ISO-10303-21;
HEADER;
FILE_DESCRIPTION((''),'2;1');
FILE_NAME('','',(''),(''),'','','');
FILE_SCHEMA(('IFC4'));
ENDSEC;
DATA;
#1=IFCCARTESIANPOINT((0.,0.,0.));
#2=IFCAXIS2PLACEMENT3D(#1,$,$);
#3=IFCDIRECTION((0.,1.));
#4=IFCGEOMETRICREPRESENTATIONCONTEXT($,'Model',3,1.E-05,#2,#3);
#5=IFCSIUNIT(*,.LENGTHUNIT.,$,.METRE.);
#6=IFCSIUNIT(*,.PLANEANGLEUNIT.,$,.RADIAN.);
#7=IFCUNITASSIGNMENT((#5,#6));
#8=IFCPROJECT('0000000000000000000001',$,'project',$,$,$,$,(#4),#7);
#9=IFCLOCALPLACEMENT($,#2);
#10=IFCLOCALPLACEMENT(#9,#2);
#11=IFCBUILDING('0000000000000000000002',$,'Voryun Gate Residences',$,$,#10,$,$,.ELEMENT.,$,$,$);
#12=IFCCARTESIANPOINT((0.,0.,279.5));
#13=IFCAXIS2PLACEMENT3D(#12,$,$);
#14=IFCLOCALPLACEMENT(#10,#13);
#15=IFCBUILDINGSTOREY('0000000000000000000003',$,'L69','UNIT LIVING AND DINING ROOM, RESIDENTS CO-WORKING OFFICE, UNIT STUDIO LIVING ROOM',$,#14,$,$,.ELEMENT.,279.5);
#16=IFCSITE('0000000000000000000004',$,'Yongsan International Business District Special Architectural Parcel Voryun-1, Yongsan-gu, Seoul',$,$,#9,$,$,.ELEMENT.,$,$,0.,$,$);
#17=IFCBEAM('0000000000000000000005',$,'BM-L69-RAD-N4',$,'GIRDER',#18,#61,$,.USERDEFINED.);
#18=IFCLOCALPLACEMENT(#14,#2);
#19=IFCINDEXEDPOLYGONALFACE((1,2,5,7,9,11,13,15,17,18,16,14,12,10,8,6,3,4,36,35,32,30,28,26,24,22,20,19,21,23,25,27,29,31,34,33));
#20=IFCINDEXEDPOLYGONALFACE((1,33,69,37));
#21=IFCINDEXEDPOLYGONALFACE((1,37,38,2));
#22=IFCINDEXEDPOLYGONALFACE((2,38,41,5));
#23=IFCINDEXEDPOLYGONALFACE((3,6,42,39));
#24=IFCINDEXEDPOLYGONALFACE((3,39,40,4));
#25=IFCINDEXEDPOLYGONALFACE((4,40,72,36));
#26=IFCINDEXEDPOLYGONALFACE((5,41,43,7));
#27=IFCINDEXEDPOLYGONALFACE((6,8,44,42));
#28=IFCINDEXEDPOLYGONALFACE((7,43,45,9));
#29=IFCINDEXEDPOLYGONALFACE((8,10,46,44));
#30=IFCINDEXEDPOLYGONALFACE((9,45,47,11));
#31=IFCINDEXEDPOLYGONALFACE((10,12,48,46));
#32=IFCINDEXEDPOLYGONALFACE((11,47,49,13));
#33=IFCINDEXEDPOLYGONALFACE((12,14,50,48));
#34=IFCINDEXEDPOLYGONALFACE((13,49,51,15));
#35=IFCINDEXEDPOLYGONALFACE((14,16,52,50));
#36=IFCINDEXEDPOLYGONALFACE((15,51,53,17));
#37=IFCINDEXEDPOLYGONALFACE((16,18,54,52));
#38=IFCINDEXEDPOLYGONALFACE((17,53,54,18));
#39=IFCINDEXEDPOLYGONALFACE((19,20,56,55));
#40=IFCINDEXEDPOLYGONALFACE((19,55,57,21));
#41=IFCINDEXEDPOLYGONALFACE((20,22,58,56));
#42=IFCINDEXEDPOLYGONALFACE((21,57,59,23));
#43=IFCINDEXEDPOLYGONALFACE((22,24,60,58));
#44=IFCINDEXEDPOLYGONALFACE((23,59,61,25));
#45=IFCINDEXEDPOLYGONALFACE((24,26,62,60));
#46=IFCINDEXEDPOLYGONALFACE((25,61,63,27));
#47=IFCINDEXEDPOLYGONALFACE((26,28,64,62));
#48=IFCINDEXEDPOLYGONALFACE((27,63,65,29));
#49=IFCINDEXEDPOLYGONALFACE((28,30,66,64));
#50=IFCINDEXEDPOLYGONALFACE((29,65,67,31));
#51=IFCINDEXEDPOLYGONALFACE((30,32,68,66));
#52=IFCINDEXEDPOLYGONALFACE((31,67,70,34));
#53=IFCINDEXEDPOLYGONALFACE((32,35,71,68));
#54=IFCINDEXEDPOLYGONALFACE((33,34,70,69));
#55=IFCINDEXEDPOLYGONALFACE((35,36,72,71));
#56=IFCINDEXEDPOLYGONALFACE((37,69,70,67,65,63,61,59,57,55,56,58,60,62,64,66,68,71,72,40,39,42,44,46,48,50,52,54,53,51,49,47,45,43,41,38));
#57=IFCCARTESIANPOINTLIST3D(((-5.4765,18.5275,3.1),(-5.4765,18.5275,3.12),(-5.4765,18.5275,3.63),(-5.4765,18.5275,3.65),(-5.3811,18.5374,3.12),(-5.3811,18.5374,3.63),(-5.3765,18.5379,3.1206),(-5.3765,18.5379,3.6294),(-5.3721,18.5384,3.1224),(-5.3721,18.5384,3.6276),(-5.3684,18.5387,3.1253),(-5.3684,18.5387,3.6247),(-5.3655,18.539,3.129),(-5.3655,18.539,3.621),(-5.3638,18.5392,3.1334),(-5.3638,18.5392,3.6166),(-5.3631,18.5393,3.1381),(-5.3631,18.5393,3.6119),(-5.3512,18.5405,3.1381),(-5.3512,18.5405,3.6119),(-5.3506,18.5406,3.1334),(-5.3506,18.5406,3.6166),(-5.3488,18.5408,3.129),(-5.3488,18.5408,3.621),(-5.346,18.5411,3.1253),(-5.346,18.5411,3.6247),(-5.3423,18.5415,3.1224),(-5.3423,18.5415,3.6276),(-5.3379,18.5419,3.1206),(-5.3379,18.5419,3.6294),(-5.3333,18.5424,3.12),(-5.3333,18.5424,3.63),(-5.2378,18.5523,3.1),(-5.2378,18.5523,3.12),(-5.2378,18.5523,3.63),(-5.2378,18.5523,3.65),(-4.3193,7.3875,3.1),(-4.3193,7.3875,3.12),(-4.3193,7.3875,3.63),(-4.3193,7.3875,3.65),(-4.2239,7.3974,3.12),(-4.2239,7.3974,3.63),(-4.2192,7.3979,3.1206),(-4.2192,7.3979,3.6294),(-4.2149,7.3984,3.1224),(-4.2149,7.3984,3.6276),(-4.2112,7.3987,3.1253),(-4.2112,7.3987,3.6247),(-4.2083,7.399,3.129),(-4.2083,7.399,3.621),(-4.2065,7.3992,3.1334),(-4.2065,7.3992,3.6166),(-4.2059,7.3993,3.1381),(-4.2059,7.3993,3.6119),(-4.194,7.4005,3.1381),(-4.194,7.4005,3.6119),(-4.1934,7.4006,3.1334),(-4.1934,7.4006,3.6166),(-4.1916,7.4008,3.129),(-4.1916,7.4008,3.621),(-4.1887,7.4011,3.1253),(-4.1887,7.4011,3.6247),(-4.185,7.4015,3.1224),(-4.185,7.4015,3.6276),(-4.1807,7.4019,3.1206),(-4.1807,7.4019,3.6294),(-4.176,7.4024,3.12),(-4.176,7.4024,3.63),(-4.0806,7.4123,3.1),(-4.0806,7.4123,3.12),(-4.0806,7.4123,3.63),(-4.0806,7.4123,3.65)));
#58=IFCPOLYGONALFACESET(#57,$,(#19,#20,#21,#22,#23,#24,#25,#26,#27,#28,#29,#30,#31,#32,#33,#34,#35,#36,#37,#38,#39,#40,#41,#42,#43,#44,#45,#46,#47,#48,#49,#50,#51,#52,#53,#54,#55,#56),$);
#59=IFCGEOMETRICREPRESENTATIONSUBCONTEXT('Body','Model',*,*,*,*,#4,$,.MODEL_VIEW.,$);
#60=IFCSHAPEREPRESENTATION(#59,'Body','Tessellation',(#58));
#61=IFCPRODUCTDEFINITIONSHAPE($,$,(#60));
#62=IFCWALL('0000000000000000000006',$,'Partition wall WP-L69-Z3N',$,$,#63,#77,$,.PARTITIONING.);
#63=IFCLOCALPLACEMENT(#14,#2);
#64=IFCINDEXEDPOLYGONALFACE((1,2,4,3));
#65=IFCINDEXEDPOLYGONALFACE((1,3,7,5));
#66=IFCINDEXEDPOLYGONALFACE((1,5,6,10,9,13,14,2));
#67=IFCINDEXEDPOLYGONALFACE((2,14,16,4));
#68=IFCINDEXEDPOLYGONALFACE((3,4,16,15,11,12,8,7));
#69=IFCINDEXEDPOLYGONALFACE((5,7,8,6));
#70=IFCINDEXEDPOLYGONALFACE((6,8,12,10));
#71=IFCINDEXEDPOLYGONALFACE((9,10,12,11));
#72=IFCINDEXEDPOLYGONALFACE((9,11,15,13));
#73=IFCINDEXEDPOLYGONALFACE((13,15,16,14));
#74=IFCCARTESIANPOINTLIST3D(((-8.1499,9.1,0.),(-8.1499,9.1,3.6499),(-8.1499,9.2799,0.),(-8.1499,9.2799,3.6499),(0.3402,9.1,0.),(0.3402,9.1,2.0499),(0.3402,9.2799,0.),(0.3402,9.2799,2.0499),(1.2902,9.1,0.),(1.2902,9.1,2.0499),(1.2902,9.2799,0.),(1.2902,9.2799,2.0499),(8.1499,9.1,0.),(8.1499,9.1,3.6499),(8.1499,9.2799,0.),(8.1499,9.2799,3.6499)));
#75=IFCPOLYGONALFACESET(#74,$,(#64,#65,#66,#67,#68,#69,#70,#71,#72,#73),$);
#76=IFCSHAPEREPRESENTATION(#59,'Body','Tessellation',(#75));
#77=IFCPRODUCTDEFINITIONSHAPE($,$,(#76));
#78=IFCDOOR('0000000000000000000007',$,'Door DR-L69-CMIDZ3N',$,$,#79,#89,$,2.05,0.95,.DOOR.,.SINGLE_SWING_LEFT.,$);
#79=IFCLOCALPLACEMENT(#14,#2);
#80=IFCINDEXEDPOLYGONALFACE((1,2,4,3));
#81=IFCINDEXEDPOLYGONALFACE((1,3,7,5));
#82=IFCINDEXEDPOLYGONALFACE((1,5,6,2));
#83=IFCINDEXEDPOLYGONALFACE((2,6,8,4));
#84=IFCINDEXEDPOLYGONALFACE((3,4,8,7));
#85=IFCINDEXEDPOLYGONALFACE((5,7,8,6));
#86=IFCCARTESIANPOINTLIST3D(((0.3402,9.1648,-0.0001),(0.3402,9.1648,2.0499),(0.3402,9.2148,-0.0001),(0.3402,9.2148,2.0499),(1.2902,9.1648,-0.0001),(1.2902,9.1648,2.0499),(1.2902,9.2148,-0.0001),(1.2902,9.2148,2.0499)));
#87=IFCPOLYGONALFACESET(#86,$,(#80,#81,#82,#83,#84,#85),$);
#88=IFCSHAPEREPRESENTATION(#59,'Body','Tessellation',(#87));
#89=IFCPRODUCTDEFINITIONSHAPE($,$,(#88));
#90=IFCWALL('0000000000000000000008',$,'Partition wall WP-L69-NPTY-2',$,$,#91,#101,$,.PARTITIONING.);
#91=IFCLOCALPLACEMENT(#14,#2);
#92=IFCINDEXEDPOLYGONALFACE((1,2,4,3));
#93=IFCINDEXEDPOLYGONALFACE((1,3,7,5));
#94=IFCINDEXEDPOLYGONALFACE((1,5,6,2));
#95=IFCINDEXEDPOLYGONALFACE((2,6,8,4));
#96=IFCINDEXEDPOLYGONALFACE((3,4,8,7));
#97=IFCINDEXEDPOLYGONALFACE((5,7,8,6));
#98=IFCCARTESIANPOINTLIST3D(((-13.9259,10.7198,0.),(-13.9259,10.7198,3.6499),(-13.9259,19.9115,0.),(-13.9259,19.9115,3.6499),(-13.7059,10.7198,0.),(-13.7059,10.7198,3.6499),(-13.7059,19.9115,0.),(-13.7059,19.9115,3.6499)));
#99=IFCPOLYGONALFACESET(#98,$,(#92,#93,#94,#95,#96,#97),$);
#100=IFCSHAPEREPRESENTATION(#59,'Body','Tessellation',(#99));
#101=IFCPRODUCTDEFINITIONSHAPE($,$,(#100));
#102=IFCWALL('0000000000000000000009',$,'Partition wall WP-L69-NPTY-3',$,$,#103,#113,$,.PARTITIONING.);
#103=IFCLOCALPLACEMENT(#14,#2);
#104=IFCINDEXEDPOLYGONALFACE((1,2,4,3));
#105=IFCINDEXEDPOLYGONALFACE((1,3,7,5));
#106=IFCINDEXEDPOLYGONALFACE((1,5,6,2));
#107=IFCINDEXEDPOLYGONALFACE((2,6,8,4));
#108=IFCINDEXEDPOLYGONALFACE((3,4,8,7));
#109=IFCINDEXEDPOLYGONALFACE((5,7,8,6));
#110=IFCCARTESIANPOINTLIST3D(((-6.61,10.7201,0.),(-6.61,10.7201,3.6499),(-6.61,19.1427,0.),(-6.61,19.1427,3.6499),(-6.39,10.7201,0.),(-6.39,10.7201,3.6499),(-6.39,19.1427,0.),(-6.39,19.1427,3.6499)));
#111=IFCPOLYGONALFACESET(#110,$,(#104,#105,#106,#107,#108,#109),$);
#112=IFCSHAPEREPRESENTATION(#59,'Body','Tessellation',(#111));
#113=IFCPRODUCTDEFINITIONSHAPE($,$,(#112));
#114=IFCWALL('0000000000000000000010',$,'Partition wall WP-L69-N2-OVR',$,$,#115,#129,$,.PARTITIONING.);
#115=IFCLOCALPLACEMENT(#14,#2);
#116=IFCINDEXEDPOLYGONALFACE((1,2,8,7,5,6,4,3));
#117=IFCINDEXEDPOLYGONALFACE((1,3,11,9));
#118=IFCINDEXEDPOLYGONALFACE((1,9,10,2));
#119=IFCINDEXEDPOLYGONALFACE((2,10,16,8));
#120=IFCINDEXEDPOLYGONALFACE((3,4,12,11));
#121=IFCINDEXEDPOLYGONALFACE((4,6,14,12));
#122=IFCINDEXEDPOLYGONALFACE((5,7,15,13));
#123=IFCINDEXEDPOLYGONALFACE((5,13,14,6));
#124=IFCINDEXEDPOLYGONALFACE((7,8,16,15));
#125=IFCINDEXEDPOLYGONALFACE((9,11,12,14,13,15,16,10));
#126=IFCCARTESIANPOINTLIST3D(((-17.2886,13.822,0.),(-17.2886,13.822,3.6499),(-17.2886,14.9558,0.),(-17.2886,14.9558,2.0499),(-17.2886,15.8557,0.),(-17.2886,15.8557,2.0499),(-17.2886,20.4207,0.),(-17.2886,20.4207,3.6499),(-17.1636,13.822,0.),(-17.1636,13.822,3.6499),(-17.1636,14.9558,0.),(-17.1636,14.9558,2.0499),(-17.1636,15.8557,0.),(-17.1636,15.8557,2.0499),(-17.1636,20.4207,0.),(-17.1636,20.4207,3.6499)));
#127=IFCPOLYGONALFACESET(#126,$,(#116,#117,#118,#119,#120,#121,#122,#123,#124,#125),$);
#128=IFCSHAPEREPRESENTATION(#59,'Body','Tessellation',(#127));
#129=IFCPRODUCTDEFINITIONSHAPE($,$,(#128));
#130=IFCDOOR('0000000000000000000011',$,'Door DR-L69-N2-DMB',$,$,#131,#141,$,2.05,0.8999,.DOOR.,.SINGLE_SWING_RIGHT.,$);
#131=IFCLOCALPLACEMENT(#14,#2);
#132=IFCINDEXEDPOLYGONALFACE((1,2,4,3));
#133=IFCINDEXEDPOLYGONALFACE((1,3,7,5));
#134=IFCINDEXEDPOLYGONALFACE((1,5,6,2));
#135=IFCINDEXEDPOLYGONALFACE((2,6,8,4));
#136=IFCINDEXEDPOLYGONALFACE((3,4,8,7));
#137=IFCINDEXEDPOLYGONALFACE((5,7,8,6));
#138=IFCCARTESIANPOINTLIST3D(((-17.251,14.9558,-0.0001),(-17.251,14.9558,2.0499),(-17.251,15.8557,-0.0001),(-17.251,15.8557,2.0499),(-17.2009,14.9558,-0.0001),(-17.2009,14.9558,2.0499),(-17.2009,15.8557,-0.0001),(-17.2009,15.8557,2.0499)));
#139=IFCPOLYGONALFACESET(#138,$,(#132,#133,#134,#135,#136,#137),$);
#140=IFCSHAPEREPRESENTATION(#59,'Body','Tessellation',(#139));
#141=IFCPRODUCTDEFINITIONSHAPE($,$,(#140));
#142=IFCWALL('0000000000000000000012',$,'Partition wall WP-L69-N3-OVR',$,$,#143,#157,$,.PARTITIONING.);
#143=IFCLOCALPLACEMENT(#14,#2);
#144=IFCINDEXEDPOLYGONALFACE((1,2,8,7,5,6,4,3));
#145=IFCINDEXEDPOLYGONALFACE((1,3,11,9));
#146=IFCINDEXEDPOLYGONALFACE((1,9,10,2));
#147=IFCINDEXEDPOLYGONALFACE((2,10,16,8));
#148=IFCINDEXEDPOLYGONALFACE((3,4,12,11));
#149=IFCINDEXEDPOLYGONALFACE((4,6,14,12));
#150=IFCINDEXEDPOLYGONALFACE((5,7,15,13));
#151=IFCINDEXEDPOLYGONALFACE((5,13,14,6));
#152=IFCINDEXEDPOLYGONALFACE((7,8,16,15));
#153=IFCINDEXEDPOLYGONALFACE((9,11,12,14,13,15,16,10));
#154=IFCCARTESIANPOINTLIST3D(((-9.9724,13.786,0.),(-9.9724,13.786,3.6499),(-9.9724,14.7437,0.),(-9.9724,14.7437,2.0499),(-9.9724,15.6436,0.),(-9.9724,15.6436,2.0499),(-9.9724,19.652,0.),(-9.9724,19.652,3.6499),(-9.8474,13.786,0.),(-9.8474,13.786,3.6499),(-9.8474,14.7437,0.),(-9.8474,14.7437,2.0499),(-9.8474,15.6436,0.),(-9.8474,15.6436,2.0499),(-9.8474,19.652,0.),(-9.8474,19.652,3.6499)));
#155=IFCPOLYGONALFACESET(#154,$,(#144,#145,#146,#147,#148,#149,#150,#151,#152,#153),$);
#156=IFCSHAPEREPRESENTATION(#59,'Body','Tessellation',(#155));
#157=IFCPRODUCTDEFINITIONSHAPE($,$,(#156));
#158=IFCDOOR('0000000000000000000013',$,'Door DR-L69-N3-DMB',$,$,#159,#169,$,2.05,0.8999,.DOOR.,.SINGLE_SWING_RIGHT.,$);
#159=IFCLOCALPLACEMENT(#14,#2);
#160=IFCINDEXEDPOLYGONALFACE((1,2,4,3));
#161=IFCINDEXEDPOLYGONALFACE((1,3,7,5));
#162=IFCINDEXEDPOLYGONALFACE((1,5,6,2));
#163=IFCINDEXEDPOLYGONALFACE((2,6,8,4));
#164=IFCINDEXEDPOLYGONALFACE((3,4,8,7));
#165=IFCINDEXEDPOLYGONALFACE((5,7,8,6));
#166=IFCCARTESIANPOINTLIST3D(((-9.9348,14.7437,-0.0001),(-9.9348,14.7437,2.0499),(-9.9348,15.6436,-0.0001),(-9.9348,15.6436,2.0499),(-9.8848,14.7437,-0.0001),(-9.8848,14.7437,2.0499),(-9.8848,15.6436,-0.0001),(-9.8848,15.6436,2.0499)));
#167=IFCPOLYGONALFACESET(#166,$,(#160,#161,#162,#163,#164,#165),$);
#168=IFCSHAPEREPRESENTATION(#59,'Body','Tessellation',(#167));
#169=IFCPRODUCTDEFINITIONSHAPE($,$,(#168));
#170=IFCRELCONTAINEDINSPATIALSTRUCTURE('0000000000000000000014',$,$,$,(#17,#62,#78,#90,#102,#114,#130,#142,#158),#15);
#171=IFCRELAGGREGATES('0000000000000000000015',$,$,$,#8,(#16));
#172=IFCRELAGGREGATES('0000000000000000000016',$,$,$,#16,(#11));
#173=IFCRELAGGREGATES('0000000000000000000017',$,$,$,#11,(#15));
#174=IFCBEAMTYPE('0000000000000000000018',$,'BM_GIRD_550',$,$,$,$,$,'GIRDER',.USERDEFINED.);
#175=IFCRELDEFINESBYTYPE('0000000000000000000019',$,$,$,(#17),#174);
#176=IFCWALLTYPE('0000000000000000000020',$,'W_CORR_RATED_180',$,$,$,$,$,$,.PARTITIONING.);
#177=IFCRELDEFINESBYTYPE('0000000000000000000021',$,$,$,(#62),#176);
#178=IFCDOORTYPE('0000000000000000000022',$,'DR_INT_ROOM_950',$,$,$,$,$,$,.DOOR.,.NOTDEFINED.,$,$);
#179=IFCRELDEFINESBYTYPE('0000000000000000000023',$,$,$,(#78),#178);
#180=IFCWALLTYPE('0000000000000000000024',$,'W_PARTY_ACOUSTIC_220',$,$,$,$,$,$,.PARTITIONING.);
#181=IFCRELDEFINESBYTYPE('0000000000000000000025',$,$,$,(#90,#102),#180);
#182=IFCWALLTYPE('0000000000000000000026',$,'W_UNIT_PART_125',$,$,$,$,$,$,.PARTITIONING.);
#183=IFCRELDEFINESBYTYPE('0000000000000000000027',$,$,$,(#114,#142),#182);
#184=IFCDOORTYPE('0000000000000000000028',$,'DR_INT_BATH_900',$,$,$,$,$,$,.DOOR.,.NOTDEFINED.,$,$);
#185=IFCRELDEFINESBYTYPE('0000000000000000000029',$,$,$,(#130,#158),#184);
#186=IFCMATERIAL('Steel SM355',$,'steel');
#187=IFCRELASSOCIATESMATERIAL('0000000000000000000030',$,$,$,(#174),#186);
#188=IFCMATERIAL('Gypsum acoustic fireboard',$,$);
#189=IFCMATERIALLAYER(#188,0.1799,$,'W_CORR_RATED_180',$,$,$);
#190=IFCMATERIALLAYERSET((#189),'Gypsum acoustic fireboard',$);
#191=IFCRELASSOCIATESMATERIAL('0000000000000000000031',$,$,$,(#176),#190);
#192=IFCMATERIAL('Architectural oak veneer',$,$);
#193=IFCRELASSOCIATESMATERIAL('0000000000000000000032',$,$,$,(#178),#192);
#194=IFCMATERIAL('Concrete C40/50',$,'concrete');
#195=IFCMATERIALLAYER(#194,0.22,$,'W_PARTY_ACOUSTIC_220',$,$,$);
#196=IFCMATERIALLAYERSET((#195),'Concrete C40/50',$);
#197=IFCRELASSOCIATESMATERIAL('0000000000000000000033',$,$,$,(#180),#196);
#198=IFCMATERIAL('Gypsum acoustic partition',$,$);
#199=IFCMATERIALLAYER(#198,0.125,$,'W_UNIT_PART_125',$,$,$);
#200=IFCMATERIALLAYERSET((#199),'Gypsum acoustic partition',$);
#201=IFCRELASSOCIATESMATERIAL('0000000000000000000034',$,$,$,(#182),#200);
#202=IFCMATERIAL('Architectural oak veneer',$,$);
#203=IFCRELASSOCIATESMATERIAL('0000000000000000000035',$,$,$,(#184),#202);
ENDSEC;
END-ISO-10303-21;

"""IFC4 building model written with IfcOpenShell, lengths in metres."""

from ifc_helpers import new_model, si_unit, direction, frame, frame_2d, origin, origin_2d, place, context, subcontext, project, spatial, rectangle, i_section, extrude, material, layer, layer_set, material_profile, profile_set, type_object, element, fill, save


model = new_model("IFC4")

# Units and contexts
model_context = context("Model", 3, precision=1e-05, world=origin(), true_north=direction((0.0, 1.0)))
body_context = subcontext(model_context, "Body", "Model", "MODEL_VIEW")
ifc_project = project(units=[si_unit("LENGTHUNIT", "METRE"), si_unit("PLANEANGLEUNIT", "RADIAN")], contexts=[model_context])

# Site, building, storey
site_placement = place(None, origin())
site = spatial("IfcSite", under=ifc_project, at=site_placement, Name="Yongsan International Business District Special Architectural Parcel Voryun-1, Yongsan-gu, Seoul", CompositionType="ELEMENT", RefElevation=0.0)
building_placement = place(site_placement, origin())
building = spatial("IfcBuilding", under=site, at=building_placement, Name="Voryun Gate Residences", CompositionType="ELEMENT")
storey_placement = place(building_placement, frame((0.0, 0.0, 279.5)))
storey = spatial("IfcBuildingStorey", under=building, at=storey_placement, Name="L69", Description="UNIT LIVING AND DINING ROOM, RESIDENTS CO-WORKING OFFICE, UNIT STUDIO LIVING ROOM", CompositionType="ELEMENT", Elevation=279.5)

# Beam
ifc_material_1 = material(Name="Steel SM355", Category="steel")
ifc_material_profile_1 = material_profile(ifc_material_1, i_section(OverallWidth=0.24, OverallDepth=0.55, WebThickness=0.012, FlangeThickness=0.02, FilletRadius=0.0181, at=origin_2d()), Name="H-550x240x12x20")
ifc_profile_set_1 = profile_set([ifc_material_profile_1], Name="Steel SM355")
beam_type_1 = type_object("IfcBeamType", Name="BM_GIRD_550", ElementType="GIRDER", PredefinedType="USERDEFINED", material=ifc_profile_set_1)
beam_1_placement = place(storey_placement, frame((-4.2, 7.3999, 3.375), z_axis=(-0.103325, 0.994648, 0.0), x_axis=(-0.994648, -0.103325, 0.0)))
element("IfcBeam", 1, at=beam_1_placement, inside=storey, type_object=beam_type_1, Name="BM-L69-RAD-N4", ObjectType="GIRDER", PredefinedType="USERDEFINED", context=body_context, shape_type="SweptSolid", body=[
    extrude(i_section(OverallWidth=0.24, OverallDepth=0.55, WebThickness=0.012, FlangeThickness=0.02, FilletRadius=0.0181, at=origin_2d()), origin(), (0.0, 0.0, 1.0), 11.2),
])

# Wall, opening, door
ifc_material_2 = material(Name="Gypsum acoustic fireboard")
ifc_layer_1 = layer(ifc_material_2, 0.1799, Name="W_CORR_RATED_180")
ifc_layer_set_1 = layer_set([ifc_layer_1], Name="Gypsum acoustic fireboard")
wall_type_1 = type_object("IfcWallType", Name="W_CORR_RATED_180", PredefinedType="PARTITIONING", material=ifc_layer_set_1)
wall_1_placement = place(storey_placement, frame((-8.1499, 9.1899, 0.0), z_axis=(0.0, 0.0, 1.0), x_axis=(1.0, 0.0, 0.0)))
wall_1 = element("IfcWall", 2, at=wall_1_placement, inside=storey, type_object=wall_type_1, Name="Partition wall WP-L69-Z3N", PredefinedType="PARTITIONING", context=body_context, shape_type="SweptSolid", body=[
    extrude(rectangle(XDim=16.2998, YDim=0.1799, at=frame_2d((8.1499, 0.0))), origin(), (0.0, 0.0, 1.0), 3.6499),
])
opening_1_placement = place(wall_1_placement, frame((8.49, 0.0, 0.0)))
opening_1 = element("IfcOpeningElement", 3, at=opening_1_placement, cuts=wall_1, PredefinedType="OPENING", context=body_context, shape_type="SweptSolid", body=[
    extrude(rectangle(XDim=0.95, YDim=2.05, at=frame_2d((0.4751, 1.0249))), frame((0.0, 0.0999, 0.0), z_axis=(0.0, -1.0, 0.0), x_axis=(1.0, 0.0, 0.0)), (0.0, 0.0, 1.0), 0.2),
])
ifc_material_3 = material(Name="Architectural oak veneer")
door_type_1 = type_object("IfcDoorType", Name="DR_INT_ROOM_950", OperationType="NOTDEFINED", PredefinedType="DOOR", material=ifc_material_3)
door_1_placement = place(opening_1_placement, origin())
door_1 = element("IfcDoor", 4, at=door_1_placement, inside=storey, type_object=door_type_1, Name="Door DR-L69-CMIDZ3N", OperationType="SINGLE_SWING_LEFT", OverallHeight=2.05, OverallWidth=0.95, PredefinedType="DOOR", context=body_context, shape_type="SweptSolid", body=[
    extrude(rectangle(XDim=0.95, YDim=2.05, at=frame_2d((0.4751, 1.0249))), frame((0.0, 0.0249, 0.0), z_axis=(0.0, -1.0, 0.0), x_axis=(1.0, 0.0, 0.0)), (0.0, 0.0, 1.0), 0.05),
])
fill(opening_1, door_1)

# Walls
ifc_material_4 = material(Name="Concrete C40/50", Category="concrete")
ifc_layer_2 = layer(ifc_material_4, 0.22, Name="W_PARTY_ACOUSTIC_220")
ifc_layer_set_2 = layer_set([ifc_layer_2], Name="Concrete C40/50")
wall_type_2 = type_object("IfcWallType", Name="W_PARTY_ACOUSTIC_220", PredefinedType="PARTITIONING", material=ifc_layer_set_2)
wall_2_placement = place(storey_placement, frame((-13.8159, 10.72, 0.0), z_axis=(0.0, 0.0, 1.0), x_axis=(0.0, 1.0, 0.0)))
element("IfcWall", 5, at=wall_2_placement, inside=storey, type_object=wall_type_2, Name="Partition wall WP-L69-NPTY-2", PredefinedType="PARTITIONING", context=body_context, shape_type="SweptSolid", body=[
    extrude(rectangle(XDim=9.1917, YDim=0.22, at=frame_2d((4.5957, 0.0))), origin(), (0.0, 0.0, 1.0), 3.6499),
])
wall_3_placement = place(storey_placement, frame((-6.5, 10.72, 0.0), z_axis=(0.0, 0.0, 1.0), x_axis=(0.0, 1.0, 0.0)))
element("IfcWall", 6, at=wall_3_placement, inside=storey, type_object=wall_type_2, Name="Partition wall WP-L69-NPTY-3", PredefinedType="PARTITIONING", context=body_context, shape_type="SweptSolid", body=[
    extrude(rectangle(XDim=8.4226, YDim=0.22, at=frame_2d((4.2114, 0.0))), origin(), (0.0, 0.0, 1.0), 3.6499),
])

# Walls, openings, doors
ifc_material_5 = material(Name="Gypsum acoustic partition")
ifc_layer_3 = layer(ifc_material_5, 0.125, Name="W_UNIT_PART_125")
ifc_layer_set_3 = layer_set([ifc_layer_3], Name="Gypsum acoustic partition")
wall_type_3 = type_object("IfcWallType", Name="W_UNIT_PART_125", PredefinedType="PARTITIONING", material=ifc_layer_set_3)
wall_4_placement = place(storey_placement, frame((-17.2261, 13.822, 0.0), z_axis=(0.0, 0.0, 1.0), x_axis=(0.0, 1.0, 0.0)))
wall_4 = element("IfcWall", 7, at=wall_4_placement, inside=storey, type_object=wall_type_3, Name="Partition wall WP-L69-N2-OVR", PredefinedType="PARTITIONING", context=body_context, shape_type="SweptSolid", body=[
    extrude(rectangle(XDim=6.5986, YDim=0.125, at=frame_2d((3.2993, 0.0))), origin(), (0.0, 0.0, 1.0), 3.6499),
])
opening_2_placement = place(wall_4_placement, frame((1.1338, 0.0, 0.0)))
opening_2 = element("IfcOpeningElement", 8, at=opening_2_placement, cuts=wall_4, PredefinedType="OPENING", context=body_context, shape_type="SweptSolid", body=[
    extrude(rectangle(XDim=0.8999, YDim=2.05, at=frame_2d((0.45, 1.0249))), frame((0.0, 0.0725, 0.0), z_axis=(0.0, -1.0, 0.0), x_axis=(1.0, 0.0, 0.0)), (0.0, 0.0, 1.0), 0.145),
])
ifc_material_6 = material(Name="Architectural oak veneer")
door_type_2 = type_object("IfcDoorType", Name="DR_INT_BATH_900", OperationType="NOTDEFINED", PredefinedType="DOOR", material=ifc_material_6)
door_2_placement = place(opening_2_placement, origin())
door_2 = element("IfcDoor", 9, at=door_2_placement, inside=storey, type_object=door_type_2, Name="Door DR-L69-N2-DMB", OperationType="SINGLE_SWING_RIGHT", OverallHeight=2.05, OverallWidth=0.8999, PredefinedType="DOOR", context=body_context, shape_type="SweptSolid", body=[
    extrude(rectangle(XDim=0.8999, YDim=2.05, at=frame_2d((0.45, 1.0249))), frame((0.0, 0.0249, 0.0), z_axis=(0.0, -1.0, 0.0), x_axis=(1.0, 0.0, 0.0)), (0.0, 0.0, 1.0), 0.05),
])
fill(opening_2, door_2)
wall_5_placement = place(storey_placement, frame((-9.9099, 13.7859, 0.0), z_axis=(0.0, 0.0, 1.0), x_axis=(0.0, 1.0, 0.0)))
wall_5 = element("IfcWall", 10, at=wall_5_placement, inside=storey, type_object=wall_type_3, Name="Partition wall WP-L69-N3-OVR", PredefinedType="PARTITIONING", context=body_context, shape_type="SweptSolid", body=[
    extrude(rectangle(XDim=5.866, YDim=0.125, at=frame_2d((2.9331, 0.0))), origin(), (0.0, 0.0, 1.0), 3.6499),
])
opening_3_placement = place(wall_5_placement, frame((0.9578, 0.0, 0.0)))
opening_3 = element("IfcOpeningElement", 11, at=opening_3_placement, cuts=wall_5, PredefinedType="OPENING", context=body_context, shape_type="SweptSolid", body=[
    extrude(rectangle(XDim=0.8999, YDim=2.05, at=frame_2d((0.45, 1.0249))), frame((0.0, 0.0725, 0.0), z_axis=(0.0, -1.0, 0.0), x_axis=(1.0, 0.0, 0.0)), (0.0, 0.0, 1.0), 0.145),
])
door_3_placement = place(opening_3_placement, origin())
door_3 = element("IfcDoor", 12, at=door_3_placement, inside=storey, type_object=door_type_2, Name="Door DR-L69-N3-DMB", OperationType="SINGLE_SWING_RIGHT", OverallHeight=2.05, OverallWidth=0.8999, PredefinedType="DOOR", context=body_context, shape_type="SweptSolid", body=[
    extrude(rectangle(XDim=0.8999, YDim=2.05, at=frame_2d((0.45, 1.0249))), frame((0.0, 0.0249, 0.0), z_axis=(0.0, -1.0, 0.0), x_axis=(1.0, 0.0, 0.0)), (0.0, 0.0, 1.0), 0.05),
])
fill(opening_3, door_3)

save(model, "model.ifc")
